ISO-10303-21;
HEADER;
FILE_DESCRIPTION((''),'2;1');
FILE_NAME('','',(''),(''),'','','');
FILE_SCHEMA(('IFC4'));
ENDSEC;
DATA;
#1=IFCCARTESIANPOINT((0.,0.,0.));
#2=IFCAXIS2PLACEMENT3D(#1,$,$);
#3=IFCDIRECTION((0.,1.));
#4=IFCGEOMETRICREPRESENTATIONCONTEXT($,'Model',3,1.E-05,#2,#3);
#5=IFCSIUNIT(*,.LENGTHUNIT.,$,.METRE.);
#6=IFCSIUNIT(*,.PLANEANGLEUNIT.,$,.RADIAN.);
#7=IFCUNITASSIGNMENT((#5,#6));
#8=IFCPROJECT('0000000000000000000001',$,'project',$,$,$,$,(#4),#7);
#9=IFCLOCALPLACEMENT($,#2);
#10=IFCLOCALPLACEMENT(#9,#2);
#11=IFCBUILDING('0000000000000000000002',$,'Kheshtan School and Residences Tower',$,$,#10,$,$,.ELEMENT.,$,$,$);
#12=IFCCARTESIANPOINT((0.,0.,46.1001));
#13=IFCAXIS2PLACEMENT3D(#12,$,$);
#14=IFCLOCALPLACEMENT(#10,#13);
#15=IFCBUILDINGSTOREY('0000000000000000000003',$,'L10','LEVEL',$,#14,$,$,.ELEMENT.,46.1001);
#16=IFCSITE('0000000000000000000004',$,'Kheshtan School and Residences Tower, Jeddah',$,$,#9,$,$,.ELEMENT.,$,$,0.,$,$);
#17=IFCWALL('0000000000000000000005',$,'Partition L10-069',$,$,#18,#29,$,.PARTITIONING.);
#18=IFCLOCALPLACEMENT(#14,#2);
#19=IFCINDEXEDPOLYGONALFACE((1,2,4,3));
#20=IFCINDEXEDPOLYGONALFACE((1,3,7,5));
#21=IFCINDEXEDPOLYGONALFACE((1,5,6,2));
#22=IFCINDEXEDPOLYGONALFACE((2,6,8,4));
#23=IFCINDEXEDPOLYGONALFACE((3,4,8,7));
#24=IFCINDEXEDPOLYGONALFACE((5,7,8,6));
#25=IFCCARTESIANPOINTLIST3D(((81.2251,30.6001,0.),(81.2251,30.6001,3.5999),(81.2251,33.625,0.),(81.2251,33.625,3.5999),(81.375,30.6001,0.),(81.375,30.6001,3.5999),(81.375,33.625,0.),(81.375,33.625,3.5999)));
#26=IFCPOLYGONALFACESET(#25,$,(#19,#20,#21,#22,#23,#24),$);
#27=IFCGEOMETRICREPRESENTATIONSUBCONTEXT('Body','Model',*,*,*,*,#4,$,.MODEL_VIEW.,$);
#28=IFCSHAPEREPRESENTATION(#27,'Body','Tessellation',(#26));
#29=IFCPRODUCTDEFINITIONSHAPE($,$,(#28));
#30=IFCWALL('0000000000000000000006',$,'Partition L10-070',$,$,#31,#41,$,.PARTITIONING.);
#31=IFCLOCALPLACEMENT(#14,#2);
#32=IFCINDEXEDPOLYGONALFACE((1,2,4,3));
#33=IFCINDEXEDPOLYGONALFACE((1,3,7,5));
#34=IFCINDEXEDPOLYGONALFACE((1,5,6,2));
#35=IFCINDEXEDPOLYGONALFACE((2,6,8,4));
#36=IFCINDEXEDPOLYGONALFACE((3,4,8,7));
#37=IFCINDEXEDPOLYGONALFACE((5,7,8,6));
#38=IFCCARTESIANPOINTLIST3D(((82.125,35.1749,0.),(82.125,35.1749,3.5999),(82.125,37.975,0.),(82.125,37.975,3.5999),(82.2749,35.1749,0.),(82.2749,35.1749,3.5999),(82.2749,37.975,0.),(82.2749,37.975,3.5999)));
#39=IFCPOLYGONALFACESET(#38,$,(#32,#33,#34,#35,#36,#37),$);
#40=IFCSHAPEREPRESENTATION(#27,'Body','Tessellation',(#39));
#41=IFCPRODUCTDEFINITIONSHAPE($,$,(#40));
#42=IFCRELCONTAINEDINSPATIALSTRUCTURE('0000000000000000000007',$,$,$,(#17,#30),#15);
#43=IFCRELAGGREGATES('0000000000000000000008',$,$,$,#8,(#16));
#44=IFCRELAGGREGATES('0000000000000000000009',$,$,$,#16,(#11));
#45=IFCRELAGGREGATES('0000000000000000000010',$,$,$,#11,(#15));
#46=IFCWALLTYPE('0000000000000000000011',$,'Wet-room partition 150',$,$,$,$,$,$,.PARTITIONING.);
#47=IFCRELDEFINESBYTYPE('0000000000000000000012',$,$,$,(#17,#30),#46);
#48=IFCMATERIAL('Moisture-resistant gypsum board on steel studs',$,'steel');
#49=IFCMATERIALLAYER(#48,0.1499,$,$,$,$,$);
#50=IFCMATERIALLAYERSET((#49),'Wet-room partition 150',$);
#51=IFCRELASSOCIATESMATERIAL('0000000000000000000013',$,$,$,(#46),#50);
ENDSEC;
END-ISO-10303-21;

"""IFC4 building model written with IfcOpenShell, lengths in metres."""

from ifc_helpers import new_model, si_unit, direction, frame, frame_2d, origin, place, context, subcontext, project, spatial, rectangle, extrude, material, layer, layer_set, type_object, element, save


model = new_model("IFC4")

# Units and contexts
model_context = context("Model", 3, precision=1e-05, world=origin(), true_north=direction((0.0, 1.0)))
body_context = subcontext(model_context, "Body", "Model", "MODEL_VIEW")
ifc_project = project(units=[si_unit("LENGTHUNIT", "METRE"), si_unit("PLANEANGLEUNIT", "RADIAN")], contexts=[model_context])

# Site, building, storey
site_placement = place(None, origin())
site = spatial("IfcSite", under=ifc_project, at=site_placement, Name="Kheshtan School and Residences Tower, Jeddah", CompositionType="ELEMENT", RefElevation=0.0)
building_placement = place(site_placement, origin())
building = spatial("IfcBuilding", under=site, at=building_placement, Name="Kheshtan School and Residences Tower", CompositionType="ELEMENT")
storey_placement = place(building_placement, frame((0.0, 0.0, 46.1001)))
storey = spatial("IfcBuildingStorey", under=building, at=storey_placement, Name="L10", Description="LEVEL", CompositionType="ELEMENT", Elevation=46.1001)

# Shared definitions
ifc_material_1 = material(Name="Moisture-resistant gypsum board on steel studs", Category="steel")
ifc_layer_1 = layer(ifc_material_1, 0.1499)
ifc_layer_set_1 = layer_set([ifc_layer_1], Name="Wet-room partition 150")
wall_type_1 = type_object("IfcWallType", Name="Wet-room partition 150", PredefinedType="PARTITIONING", material=ifc_layer_set_1)

# Walls
wall_1_placement = place(storey_placement, frame((81.3, 30.6001, 0.0), z_axis=(0.0, 0.0, 1.0), x_axis=(0.0, 1.0, 0.0)))
element("IfcWall", 1, at=wall_1_placement, inside=storey, type_object=wall_type_1, Name="Partition L10-069", PredefinedType="PARTITIONING", context=body_context, shape_type="SweptSolid", body=[
    extrude(rectangle(XDim=3.0249, YDim=0.1499, at=frame_2d((1.5125, 0.0))), origin(), (0.0, 0.0, 1.0), 3.5999),
])
wall_2_placement = place(storey_placement, frame((82.2, 35.175, 0.0), z_axis=(0.0, 0.0, 1.0), x_axis=(0.0, 1.0, 0.0)))
element("IfcWall", 2, at=wall_2_placement, inside=storey, type_object=wall_type_1, Name="Partition L10-070", PredefinedType="PARTITIONING", context=body_context, shape_type="SweptSolid", body=[
    extrude(rectangle(XDim=2.8, YDim=0.1499, at=frame_2d((1.3999, 0.0))), origin(), (0.0, 0.0, 1.0), 3.5999),
])

save(model, "model.ifc")
